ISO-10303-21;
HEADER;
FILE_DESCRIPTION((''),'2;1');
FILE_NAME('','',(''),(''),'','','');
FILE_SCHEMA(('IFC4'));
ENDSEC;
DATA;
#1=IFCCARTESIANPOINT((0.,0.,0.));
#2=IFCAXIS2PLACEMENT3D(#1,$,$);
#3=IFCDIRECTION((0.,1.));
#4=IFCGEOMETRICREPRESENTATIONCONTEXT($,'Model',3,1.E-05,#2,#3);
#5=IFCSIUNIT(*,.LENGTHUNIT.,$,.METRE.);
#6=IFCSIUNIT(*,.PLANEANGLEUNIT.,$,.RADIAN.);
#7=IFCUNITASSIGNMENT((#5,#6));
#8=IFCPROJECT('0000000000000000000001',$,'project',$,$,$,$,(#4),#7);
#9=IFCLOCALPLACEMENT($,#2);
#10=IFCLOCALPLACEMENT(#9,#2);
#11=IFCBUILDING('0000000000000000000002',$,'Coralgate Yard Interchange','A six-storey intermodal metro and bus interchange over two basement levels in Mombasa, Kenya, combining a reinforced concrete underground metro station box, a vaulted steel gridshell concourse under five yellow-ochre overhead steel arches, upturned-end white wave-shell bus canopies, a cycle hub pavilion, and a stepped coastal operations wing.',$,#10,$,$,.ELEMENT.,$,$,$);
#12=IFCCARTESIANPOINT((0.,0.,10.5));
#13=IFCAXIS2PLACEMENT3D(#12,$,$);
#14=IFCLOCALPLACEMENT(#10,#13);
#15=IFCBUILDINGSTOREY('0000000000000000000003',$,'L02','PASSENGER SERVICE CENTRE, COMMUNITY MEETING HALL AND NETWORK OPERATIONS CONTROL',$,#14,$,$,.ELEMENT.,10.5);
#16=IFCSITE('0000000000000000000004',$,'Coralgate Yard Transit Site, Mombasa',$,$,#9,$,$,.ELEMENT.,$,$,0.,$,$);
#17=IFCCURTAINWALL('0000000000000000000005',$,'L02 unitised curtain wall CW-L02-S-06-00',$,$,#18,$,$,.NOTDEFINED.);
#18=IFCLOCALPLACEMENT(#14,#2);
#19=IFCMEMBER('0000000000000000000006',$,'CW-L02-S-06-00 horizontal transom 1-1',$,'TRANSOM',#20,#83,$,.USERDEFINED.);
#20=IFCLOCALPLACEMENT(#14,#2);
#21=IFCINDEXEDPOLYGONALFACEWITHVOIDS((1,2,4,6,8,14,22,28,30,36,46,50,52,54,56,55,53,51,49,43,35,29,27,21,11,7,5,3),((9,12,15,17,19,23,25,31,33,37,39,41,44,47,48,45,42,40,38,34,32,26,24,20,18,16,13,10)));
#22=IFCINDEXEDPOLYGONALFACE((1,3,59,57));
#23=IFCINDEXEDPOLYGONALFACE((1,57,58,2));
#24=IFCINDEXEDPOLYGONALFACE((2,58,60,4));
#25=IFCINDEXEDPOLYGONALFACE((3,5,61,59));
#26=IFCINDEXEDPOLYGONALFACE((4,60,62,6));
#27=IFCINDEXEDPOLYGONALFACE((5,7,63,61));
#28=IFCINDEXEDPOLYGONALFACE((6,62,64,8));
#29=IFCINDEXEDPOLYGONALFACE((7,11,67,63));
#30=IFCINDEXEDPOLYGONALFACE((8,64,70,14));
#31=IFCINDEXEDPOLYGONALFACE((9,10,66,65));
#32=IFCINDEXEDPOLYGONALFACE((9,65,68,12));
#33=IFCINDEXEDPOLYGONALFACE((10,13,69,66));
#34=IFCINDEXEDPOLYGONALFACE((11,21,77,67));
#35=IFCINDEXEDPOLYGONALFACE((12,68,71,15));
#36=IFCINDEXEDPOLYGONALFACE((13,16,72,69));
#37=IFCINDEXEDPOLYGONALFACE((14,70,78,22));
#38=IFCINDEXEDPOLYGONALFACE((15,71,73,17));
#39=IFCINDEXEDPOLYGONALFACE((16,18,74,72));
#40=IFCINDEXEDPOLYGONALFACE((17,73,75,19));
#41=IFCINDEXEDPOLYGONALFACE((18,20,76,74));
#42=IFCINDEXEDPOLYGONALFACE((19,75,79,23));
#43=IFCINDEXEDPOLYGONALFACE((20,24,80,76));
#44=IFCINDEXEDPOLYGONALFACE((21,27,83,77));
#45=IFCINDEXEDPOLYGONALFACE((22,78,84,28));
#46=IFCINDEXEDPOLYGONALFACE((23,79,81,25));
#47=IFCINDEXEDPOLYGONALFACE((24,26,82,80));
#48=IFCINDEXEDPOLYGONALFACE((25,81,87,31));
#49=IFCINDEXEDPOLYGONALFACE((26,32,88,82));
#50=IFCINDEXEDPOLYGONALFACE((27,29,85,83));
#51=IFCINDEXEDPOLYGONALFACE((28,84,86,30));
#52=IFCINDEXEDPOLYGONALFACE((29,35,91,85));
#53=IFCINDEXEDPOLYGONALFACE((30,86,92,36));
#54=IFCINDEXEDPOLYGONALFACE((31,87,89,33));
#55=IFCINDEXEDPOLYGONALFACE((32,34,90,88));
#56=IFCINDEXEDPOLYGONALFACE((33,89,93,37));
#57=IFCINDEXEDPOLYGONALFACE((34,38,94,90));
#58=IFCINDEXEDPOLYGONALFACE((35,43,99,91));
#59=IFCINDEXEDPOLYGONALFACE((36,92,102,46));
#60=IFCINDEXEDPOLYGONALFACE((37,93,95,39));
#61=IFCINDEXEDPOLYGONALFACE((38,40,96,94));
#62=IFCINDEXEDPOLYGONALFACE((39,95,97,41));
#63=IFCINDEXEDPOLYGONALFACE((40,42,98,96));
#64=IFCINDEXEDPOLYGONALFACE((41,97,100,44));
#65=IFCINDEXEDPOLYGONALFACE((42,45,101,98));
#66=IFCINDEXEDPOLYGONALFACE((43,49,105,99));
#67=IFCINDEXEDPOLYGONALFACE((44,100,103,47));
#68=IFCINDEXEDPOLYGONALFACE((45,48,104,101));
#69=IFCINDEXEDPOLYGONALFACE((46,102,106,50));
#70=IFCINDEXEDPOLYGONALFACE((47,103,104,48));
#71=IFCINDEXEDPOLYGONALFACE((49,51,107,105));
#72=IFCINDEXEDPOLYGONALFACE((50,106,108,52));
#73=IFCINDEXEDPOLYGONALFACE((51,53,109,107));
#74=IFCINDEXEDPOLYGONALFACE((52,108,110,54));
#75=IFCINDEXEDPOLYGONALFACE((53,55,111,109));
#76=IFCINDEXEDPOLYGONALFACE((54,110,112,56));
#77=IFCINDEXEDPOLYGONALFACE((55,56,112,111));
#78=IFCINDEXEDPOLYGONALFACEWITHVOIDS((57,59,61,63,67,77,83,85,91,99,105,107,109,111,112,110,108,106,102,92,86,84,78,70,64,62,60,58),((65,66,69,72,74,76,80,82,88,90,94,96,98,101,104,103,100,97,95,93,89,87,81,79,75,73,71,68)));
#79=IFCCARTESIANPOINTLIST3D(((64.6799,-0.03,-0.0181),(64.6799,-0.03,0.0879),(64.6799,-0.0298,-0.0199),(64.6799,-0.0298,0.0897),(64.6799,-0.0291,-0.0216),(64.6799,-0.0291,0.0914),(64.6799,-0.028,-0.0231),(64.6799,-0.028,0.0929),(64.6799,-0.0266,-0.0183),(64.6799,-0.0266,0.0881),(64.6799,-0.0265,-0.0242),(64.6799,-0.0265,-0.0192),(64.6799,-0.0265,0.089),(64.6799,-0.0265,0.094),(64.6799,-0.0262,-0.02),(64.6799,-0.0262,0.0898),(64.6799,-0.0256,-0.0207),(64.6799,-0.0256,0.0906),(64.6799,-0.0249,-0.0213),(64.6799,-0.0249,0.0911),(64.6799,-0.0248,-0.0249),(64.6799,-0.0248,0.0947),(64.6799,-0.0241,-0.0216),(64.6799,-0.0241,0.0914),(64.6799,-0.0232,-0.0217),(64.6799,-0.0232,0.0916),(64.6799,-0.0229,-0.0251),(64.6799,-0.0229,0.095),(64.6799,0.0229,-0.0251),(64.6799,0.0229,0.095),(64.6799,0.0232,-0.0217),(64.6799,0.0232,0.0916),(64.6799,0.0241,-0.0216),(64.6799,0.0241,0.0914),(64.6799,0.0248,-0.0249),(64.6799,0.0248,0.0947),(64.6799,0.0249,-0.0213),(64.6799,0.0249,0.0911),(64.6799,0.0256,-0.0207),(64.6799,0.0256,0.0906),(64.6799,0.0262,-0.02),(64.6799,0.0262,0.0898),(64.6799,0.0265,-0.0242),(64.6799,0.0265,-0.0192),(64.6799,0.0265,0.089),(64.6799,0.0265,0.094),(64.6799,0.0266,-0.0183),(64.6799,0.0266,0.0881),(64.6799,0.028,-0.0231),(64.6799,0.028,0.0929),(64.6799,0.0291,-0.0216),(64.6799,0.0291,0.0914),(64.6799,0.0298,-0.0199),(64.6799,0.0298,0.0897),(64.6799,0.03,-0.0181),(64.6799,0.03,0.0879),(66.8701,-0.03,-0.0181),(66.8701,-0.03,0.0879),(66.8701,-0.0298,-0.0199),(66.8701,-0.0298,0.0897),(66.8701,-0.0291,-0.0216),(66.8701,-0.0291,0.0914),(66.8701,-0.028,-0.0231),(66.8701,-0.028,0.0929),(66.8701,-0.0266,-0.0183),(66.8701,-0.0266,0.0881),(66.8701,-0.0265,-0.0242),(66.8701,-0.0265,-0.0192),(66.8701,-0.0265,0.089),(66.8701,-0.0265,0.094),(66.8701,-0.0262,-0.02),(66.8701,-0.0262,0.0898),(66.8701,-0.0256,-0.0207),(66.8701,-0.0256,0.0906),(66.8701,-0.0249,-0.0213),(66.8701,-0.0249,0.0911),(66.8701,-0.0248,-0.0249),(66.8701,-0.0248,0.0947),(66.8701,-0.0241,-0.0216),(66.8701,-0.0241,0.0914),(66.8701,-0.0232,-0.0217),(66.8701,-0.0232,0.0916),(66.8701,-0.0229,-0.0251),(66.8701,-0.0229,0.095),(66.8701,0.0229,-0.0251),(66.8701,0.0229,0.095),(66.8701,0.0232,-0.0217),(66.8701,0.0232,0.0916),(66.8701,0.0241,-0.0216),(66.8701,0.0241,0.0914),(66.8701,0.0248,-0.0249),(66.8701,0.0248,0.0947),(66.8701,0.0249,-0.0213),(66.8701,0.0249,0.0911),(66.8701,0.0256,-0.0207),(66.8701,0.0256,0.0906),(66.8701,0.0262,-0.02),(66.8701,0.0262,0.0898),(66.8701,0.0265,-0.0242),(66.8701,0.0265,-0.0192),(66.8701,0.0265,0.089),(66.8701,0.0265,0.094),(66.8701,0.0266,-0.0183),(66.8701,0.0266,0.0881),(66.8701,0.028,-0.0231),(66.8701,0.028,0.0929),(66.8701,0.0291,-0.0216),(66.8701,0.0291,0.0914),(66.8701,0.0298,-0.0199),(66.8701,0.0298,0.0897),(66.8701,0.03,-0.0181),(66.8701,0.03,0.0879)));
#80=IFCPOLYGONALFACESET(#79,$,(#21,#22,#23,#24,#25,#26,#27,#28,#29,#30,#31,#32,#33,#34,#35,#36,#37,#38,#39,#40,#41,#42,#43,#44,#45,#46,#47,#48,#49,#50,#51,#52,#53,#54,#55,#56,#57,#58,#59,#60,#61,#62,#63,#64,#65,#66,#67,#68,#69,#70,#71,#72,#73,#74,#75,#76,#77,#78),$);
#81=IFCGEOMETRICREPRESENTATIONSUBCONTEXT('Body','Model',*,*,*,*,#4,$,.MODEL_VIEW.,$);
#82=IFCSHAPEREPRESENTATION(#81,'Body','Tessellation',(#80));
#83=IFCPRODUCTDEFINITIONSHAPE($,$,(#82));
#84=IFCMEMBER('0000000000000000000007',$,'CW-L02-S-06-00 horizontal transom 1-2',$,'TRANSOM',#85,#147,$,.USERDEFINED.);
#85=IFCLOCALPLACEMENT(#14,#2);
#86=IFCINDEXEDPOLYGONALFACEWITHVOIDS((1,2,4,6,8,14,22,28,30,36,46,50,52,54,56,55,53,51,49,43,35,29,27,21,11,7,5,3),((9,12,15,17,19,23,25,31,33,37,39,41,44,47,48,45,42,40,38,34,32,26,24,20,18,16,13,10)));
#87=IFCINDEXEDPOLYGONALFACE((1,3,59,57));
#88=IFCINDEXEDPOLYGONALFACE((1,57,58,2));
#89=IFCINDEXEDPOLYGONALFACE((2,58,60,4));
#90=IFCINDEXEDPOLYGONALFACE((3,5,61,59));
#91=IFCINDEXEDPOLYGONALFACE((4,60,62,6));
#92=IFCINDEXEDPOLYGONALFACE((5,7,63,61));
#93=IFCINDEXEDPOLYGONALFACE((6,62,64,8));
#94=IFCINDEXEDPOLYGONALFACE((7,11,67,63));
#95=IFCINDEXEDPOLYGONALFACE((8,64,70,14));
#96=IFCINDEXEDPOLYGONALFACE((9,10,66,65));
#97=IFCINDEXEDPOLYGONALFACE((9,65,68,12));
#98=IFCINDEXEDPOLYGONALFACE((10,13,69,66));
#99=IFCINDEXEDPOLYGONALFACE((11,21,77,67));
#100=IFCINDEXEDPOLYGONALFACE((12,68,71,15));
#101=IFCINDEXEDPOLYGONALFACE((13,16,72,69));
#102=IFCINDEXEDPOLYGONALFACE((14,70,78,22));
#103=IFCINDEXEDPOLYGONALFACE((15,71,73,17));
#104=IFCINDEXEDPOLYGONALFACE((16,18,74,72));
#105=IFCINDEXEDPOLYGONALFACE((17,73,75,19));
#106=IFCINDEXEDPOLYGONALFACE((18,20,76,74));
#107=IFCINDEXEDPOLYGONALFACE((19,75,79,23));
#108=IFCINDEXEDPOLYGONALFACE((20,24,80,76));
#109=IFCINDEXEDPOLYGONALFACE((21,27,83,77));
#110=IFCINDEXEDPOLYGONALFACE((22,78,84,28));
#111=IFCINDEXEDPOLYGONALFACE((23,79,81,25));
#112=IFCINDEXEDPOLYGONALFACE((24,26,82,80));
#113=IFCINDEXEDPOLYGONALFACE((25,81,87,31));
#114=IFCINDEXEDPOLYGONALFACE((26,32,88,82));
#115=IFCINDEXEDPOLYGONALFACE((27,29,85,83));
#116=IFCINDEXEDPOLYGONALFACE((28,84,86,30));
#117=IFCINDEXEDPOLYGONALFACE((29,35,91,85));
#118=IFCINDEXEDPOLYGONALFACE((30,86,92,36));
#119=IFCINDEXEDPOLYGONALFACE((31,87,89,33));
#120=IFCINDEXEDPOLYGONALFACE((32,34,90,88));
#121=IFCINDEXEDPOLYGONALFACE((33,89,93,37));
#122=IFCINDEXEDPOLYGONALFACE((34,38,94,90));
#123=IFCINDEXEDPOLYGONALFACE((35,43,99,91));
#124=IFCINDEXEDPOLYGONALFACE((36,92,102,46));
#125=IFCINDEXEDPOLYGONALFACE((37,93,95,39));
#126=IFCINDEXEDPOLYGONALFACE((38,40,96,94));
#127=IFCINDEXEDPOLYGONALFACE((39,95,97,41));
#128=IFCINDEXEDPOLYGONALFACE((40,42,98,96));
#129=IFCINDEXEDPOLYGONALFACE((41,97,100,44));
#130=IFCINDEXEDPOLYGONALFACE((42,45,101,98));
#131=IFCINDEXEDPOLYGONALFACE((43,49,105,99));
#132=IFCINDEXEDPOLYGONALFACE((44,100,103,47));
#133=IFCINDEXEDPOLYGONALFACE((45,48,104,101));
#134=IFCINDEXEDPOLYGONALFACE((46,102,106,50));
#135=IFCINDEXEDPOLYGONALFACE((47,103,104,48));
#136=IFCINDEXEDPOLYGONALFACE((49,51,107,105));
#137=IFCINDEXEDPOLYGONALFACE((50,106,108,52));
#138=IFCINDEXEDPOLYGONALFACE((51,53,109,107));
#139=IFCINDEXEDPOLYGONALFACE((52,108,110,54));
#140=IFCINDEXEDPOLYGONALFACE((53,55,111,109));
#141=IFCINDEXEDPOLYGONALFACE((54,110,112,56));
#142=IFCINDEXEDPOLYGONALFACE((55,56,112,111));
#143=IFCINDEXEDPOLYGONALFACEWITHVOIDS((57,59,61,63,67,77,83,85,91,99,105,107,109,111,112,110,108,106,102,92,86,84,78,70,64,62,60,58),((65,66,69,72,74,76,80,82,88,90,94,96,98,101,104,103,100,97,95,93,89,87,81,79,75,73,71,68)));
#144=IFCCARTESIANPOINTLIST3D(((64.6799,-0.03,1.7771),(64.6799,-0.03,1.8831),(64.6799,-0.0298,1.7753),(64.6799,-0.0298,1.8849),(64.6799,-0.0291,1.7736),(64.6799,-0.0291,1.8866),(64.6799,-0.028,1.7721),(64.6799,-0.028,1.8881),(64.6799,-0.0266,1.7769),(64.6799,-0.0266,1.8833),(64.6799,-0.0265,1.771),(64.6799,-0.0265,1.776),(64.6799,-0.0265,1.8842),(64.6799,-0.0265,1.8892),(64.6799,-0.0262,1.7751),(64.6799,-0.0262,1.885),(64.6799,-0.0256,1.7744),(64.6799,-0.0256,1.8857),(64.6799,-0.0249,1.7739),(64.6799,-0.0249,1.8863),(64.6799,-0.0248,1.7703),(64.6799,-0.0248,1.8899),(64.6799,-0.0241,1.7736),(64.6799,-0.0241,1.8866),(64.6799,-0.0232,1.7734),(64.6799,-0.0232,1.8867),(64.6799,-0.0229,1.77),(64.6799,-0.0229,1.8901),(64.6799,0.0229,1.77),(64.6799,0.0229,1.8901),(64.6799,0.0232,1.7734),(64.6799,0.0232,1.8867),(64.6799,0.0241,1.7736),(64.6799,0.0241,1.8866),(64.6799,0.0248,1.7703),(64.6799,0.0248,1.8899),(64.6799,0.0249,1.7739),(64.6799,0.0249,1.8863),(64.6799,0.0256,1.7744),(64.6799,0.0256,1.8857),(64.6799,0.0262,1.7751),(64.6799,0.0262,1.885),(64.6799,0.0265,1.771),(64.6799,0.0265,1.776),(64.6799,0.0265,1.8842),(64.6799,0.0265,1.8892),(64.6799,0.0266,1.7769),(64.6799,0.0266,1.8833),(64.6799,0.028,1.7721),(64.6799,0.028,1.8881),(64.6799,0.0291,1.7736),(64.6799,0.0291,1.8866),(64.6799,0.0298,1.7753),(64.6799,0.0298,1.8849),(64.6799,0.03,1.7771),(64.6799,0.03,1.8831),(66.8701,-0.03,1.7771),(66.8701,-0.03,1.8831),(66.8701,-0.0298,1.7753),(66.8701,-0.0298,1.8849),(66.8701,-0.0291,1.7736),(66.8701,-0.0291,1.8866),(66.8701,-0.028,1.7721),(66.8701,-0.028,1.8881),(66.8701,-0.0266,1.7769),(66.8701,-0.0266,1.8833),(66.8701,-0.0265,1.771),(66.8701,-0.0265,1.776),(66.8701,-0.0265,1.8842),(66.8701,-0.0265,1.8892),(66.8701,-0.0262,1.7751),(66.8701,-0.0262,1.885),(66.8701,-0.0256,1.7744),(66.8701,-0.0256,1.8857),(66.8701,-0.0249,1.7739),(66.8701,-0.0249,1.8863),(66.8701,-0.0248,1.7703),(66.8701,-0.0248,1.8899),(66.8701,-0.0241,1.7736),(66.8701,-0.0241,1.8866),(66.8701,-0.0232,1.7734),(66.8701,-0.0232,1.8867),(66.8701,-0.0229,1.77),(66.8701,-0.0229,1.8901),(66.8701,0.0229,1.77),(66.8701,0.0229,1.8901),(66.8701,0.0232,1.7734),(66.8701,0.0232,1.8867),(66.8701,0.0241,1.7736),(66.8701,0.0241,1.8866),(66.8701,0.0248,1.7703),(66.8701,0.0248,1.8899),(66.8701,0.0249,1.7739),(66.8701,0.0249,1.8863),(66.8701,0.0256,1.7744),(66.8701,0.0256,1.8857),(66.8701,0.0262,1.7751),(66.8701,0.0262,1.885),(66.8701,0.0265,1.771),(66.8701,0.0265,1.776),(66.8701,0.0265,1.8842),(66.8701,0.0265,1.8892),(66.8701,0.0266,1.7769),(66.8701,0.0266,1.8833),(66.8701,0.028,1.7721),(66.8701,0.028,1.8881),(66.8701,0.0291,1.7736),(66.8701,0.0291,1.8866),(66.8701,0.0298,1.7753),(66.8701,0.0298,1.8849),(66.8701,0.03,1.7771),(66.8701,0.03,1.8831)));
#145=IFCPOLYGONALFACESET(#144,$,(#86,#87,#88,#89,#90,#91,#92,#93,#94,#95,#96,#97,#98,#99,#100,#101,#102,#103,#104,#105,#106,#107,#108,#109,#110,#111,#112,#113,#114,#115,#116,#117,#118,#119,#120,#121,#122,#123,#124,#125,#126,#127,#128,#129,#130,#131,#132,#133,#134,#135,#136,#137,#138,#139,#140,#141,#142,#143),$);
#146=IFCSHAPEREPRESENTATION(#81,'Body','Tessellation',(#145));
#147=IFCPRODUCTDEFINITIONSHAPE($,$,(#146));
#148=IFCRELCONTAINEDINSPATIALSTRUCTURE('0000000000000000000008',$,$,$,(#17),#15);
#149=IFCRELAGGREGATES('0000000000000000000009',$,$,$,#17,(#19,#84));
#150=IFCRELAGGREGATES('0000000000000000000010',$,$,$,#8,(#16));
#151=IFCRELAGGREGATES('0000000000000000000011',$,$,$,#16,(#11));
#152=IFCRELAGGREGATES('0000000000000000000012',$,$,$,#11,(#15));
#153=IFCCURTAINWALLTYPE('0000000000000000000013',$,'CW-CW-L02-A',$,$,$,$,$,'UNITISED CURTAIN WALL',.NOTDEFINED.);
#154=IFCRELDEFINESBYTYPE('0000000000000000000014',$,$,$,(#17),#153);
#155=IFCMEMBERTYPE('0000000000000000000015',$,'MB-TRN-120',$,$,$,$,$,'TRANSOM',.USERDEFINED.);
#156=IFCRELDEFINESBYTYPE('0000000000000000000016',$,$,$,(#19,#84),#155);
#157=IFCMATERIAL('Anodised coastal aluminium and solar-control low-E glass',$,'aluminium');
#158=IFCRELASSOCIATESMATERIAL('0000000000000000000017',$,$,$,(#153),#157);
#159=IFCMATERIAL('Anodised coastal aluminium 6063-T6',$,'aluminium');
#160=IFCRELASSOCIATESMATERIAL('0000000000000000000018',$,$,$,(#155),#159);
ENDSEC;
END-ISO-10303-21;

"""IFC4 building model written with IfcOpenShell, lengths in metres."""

from ifc_helpers import new_model, si_unit, direction, frame, origin, origin_2d, place, context, subcontext, project, spatial, hollow_rectangle, extrude, material, material_profile, profile_set, type_object, element, aggregate, save


model = new_model("IFC4")

# Units and contexts
model_context = context("Model", 3, precision=1e-05, world=origin(), true_north=direction((0.0, 1.0)))
body_context = subcontext(model_context, "Body", "Model", "MODEL_VIEW")
ifc_project = project(units=[si_unit("LENGTHUNIT", "METRE"), si_unit("PLANEANGLEUNIT", "RADIAN")], contexts=[model_context])

# Site, building, storey
site_placement = place(None, origin())
site = spatial("IfcSite", under=ifc_project, at=site_placement, Name="Coralgate Yard Transit Site, Mombasa", CompositionType="ELEMENT", RefElevation=0.0)
building_placement = place(site_placement, origin())
building = spatial("IfcBuilding", under=site, at=building_placement, Name="Coralgate Yard Interchange", Description="A six-storey intermodal metro and bus interchange over two basement levels in Mombasa, Kenya, combining a reinforced concrete underground metro station box, a vaulted steel gridshell concourse under five yellow-ochre overhead steel arches, upturned-end white wave-shell bus canopies, a cycle hub pavilion, and a stepped coastal operations wing.", CompositionType="ELEMENT")
storey_placement = place(building_placement, frame((0.0, 0.0, 10.5)))
storey = spatial("IfcBuildingStorey", under=building, at=storey_placement, Name="L02", Description="PASSENGER SERVICE CENTRE, COMMUNITY MEETING HALL AND NETWORK OPERATIONS CONTROL", CompositionType="ELEMENT", Elevation=10.5)

# Curtain wall
ifc_material_1 = material(Name="Anodised coastal aluminium and solar-control low-E glass", Category="aluminium")
curtain_wall_type = type_object("IfcCurtainWallType", Name="CW-CW-L02-A", ElementType="UNITISED CURTAIN WALL", PredefinedType="NOTDEFINED", material=ifc_material_1)
curtain_wall_1_placement = place(storey_placement, origin())
curtain_wall_1 = element("IfcCurtainWall", 1, at=curtain_wall_1_placement, inside=storey, type_object=curtain_wall_type, Name="L02 unitised curtain wall CW-L02-S-06-00", PredefinedType="NOTDEFINED")
ifc_material_2 = material(Name="Anodised coastal aluminium 6063-T6", Category="aluminium")

# Members
ifc_material_profile_1 = material_profile(ifc_material_2, hollow_rectangle(XDim=0.0601, YDim=0.1201, WallThickness=0.0034, InnerFilletRadius=0.0034, OuterFilletRadius=0.0071, at=origin_2d()), Name="ALU 60x120x3.5")
ifc_profile_set_1 = profile_set([ifc_material_profile_1], Name="Anodised coastal aluminium 6063-T6")
member_type_1 = type_object("IfcMemberType", Name="MB-TRN-120", ElementType="TRANSOM", PredefinedType="USERDEFINED", material=ifc_profile_set_1)
member_1_placement = place(storey_placement, frame((66.8701, 0.0, 0.0349), z_axis=(-1.0, 0.0, 0.0), x_axis=(0.0, -1.0, 0.0)))
member_1 = element("IfcMember", 2, at=member_1_placement, type_object=member_type_1, Name="CW-L02-S-06-00 horizontal transom 1-1", ObjectType="TRANSOM", PredefinedType="USERDEFINED", context=body_context, shape_type="SweptSolid", body=[
    extrude(hollow_rectangle(XDim=0.0601, YDim=0.1201, WallThickness=0.0034, InnerFilletRadius=0.0034, OuterFilletRadius=0.0071, at=origin_2d()), origin(), (0.0, 0.0, 1.0), 2.1902),
])
member_2_placement = place(storey_placement, frame((66.8701, 0.0, 1.8301), z_axis=(-1.0, 0.0, 0.0), x_axis=(0.0, -1.0, 0.0)))
member_2 = element("IfcMember", 3, at=member_2_placement, type_object=member_type_1, Name="CW-L02-S-06-00 horizontal transom 1-2", ObjectType="TRANSOM", PredefinedType="USERDEFINED", context=body_context, shape_type="SweptSolid", body=[
    extrude(hollow_rectangle(XDim=0.0601, YDim=0.1201, WallThickness=0.0034, InnerFilletRadius=0.0034, OuterFilletRadius=0.0071, at=origin_2d()), origin(), (0.0, 0.0, 1.0), 2.1902),
])
aggregate(curtain_wall_1, [member_1, member_2])

save(model, "model.ifc")
